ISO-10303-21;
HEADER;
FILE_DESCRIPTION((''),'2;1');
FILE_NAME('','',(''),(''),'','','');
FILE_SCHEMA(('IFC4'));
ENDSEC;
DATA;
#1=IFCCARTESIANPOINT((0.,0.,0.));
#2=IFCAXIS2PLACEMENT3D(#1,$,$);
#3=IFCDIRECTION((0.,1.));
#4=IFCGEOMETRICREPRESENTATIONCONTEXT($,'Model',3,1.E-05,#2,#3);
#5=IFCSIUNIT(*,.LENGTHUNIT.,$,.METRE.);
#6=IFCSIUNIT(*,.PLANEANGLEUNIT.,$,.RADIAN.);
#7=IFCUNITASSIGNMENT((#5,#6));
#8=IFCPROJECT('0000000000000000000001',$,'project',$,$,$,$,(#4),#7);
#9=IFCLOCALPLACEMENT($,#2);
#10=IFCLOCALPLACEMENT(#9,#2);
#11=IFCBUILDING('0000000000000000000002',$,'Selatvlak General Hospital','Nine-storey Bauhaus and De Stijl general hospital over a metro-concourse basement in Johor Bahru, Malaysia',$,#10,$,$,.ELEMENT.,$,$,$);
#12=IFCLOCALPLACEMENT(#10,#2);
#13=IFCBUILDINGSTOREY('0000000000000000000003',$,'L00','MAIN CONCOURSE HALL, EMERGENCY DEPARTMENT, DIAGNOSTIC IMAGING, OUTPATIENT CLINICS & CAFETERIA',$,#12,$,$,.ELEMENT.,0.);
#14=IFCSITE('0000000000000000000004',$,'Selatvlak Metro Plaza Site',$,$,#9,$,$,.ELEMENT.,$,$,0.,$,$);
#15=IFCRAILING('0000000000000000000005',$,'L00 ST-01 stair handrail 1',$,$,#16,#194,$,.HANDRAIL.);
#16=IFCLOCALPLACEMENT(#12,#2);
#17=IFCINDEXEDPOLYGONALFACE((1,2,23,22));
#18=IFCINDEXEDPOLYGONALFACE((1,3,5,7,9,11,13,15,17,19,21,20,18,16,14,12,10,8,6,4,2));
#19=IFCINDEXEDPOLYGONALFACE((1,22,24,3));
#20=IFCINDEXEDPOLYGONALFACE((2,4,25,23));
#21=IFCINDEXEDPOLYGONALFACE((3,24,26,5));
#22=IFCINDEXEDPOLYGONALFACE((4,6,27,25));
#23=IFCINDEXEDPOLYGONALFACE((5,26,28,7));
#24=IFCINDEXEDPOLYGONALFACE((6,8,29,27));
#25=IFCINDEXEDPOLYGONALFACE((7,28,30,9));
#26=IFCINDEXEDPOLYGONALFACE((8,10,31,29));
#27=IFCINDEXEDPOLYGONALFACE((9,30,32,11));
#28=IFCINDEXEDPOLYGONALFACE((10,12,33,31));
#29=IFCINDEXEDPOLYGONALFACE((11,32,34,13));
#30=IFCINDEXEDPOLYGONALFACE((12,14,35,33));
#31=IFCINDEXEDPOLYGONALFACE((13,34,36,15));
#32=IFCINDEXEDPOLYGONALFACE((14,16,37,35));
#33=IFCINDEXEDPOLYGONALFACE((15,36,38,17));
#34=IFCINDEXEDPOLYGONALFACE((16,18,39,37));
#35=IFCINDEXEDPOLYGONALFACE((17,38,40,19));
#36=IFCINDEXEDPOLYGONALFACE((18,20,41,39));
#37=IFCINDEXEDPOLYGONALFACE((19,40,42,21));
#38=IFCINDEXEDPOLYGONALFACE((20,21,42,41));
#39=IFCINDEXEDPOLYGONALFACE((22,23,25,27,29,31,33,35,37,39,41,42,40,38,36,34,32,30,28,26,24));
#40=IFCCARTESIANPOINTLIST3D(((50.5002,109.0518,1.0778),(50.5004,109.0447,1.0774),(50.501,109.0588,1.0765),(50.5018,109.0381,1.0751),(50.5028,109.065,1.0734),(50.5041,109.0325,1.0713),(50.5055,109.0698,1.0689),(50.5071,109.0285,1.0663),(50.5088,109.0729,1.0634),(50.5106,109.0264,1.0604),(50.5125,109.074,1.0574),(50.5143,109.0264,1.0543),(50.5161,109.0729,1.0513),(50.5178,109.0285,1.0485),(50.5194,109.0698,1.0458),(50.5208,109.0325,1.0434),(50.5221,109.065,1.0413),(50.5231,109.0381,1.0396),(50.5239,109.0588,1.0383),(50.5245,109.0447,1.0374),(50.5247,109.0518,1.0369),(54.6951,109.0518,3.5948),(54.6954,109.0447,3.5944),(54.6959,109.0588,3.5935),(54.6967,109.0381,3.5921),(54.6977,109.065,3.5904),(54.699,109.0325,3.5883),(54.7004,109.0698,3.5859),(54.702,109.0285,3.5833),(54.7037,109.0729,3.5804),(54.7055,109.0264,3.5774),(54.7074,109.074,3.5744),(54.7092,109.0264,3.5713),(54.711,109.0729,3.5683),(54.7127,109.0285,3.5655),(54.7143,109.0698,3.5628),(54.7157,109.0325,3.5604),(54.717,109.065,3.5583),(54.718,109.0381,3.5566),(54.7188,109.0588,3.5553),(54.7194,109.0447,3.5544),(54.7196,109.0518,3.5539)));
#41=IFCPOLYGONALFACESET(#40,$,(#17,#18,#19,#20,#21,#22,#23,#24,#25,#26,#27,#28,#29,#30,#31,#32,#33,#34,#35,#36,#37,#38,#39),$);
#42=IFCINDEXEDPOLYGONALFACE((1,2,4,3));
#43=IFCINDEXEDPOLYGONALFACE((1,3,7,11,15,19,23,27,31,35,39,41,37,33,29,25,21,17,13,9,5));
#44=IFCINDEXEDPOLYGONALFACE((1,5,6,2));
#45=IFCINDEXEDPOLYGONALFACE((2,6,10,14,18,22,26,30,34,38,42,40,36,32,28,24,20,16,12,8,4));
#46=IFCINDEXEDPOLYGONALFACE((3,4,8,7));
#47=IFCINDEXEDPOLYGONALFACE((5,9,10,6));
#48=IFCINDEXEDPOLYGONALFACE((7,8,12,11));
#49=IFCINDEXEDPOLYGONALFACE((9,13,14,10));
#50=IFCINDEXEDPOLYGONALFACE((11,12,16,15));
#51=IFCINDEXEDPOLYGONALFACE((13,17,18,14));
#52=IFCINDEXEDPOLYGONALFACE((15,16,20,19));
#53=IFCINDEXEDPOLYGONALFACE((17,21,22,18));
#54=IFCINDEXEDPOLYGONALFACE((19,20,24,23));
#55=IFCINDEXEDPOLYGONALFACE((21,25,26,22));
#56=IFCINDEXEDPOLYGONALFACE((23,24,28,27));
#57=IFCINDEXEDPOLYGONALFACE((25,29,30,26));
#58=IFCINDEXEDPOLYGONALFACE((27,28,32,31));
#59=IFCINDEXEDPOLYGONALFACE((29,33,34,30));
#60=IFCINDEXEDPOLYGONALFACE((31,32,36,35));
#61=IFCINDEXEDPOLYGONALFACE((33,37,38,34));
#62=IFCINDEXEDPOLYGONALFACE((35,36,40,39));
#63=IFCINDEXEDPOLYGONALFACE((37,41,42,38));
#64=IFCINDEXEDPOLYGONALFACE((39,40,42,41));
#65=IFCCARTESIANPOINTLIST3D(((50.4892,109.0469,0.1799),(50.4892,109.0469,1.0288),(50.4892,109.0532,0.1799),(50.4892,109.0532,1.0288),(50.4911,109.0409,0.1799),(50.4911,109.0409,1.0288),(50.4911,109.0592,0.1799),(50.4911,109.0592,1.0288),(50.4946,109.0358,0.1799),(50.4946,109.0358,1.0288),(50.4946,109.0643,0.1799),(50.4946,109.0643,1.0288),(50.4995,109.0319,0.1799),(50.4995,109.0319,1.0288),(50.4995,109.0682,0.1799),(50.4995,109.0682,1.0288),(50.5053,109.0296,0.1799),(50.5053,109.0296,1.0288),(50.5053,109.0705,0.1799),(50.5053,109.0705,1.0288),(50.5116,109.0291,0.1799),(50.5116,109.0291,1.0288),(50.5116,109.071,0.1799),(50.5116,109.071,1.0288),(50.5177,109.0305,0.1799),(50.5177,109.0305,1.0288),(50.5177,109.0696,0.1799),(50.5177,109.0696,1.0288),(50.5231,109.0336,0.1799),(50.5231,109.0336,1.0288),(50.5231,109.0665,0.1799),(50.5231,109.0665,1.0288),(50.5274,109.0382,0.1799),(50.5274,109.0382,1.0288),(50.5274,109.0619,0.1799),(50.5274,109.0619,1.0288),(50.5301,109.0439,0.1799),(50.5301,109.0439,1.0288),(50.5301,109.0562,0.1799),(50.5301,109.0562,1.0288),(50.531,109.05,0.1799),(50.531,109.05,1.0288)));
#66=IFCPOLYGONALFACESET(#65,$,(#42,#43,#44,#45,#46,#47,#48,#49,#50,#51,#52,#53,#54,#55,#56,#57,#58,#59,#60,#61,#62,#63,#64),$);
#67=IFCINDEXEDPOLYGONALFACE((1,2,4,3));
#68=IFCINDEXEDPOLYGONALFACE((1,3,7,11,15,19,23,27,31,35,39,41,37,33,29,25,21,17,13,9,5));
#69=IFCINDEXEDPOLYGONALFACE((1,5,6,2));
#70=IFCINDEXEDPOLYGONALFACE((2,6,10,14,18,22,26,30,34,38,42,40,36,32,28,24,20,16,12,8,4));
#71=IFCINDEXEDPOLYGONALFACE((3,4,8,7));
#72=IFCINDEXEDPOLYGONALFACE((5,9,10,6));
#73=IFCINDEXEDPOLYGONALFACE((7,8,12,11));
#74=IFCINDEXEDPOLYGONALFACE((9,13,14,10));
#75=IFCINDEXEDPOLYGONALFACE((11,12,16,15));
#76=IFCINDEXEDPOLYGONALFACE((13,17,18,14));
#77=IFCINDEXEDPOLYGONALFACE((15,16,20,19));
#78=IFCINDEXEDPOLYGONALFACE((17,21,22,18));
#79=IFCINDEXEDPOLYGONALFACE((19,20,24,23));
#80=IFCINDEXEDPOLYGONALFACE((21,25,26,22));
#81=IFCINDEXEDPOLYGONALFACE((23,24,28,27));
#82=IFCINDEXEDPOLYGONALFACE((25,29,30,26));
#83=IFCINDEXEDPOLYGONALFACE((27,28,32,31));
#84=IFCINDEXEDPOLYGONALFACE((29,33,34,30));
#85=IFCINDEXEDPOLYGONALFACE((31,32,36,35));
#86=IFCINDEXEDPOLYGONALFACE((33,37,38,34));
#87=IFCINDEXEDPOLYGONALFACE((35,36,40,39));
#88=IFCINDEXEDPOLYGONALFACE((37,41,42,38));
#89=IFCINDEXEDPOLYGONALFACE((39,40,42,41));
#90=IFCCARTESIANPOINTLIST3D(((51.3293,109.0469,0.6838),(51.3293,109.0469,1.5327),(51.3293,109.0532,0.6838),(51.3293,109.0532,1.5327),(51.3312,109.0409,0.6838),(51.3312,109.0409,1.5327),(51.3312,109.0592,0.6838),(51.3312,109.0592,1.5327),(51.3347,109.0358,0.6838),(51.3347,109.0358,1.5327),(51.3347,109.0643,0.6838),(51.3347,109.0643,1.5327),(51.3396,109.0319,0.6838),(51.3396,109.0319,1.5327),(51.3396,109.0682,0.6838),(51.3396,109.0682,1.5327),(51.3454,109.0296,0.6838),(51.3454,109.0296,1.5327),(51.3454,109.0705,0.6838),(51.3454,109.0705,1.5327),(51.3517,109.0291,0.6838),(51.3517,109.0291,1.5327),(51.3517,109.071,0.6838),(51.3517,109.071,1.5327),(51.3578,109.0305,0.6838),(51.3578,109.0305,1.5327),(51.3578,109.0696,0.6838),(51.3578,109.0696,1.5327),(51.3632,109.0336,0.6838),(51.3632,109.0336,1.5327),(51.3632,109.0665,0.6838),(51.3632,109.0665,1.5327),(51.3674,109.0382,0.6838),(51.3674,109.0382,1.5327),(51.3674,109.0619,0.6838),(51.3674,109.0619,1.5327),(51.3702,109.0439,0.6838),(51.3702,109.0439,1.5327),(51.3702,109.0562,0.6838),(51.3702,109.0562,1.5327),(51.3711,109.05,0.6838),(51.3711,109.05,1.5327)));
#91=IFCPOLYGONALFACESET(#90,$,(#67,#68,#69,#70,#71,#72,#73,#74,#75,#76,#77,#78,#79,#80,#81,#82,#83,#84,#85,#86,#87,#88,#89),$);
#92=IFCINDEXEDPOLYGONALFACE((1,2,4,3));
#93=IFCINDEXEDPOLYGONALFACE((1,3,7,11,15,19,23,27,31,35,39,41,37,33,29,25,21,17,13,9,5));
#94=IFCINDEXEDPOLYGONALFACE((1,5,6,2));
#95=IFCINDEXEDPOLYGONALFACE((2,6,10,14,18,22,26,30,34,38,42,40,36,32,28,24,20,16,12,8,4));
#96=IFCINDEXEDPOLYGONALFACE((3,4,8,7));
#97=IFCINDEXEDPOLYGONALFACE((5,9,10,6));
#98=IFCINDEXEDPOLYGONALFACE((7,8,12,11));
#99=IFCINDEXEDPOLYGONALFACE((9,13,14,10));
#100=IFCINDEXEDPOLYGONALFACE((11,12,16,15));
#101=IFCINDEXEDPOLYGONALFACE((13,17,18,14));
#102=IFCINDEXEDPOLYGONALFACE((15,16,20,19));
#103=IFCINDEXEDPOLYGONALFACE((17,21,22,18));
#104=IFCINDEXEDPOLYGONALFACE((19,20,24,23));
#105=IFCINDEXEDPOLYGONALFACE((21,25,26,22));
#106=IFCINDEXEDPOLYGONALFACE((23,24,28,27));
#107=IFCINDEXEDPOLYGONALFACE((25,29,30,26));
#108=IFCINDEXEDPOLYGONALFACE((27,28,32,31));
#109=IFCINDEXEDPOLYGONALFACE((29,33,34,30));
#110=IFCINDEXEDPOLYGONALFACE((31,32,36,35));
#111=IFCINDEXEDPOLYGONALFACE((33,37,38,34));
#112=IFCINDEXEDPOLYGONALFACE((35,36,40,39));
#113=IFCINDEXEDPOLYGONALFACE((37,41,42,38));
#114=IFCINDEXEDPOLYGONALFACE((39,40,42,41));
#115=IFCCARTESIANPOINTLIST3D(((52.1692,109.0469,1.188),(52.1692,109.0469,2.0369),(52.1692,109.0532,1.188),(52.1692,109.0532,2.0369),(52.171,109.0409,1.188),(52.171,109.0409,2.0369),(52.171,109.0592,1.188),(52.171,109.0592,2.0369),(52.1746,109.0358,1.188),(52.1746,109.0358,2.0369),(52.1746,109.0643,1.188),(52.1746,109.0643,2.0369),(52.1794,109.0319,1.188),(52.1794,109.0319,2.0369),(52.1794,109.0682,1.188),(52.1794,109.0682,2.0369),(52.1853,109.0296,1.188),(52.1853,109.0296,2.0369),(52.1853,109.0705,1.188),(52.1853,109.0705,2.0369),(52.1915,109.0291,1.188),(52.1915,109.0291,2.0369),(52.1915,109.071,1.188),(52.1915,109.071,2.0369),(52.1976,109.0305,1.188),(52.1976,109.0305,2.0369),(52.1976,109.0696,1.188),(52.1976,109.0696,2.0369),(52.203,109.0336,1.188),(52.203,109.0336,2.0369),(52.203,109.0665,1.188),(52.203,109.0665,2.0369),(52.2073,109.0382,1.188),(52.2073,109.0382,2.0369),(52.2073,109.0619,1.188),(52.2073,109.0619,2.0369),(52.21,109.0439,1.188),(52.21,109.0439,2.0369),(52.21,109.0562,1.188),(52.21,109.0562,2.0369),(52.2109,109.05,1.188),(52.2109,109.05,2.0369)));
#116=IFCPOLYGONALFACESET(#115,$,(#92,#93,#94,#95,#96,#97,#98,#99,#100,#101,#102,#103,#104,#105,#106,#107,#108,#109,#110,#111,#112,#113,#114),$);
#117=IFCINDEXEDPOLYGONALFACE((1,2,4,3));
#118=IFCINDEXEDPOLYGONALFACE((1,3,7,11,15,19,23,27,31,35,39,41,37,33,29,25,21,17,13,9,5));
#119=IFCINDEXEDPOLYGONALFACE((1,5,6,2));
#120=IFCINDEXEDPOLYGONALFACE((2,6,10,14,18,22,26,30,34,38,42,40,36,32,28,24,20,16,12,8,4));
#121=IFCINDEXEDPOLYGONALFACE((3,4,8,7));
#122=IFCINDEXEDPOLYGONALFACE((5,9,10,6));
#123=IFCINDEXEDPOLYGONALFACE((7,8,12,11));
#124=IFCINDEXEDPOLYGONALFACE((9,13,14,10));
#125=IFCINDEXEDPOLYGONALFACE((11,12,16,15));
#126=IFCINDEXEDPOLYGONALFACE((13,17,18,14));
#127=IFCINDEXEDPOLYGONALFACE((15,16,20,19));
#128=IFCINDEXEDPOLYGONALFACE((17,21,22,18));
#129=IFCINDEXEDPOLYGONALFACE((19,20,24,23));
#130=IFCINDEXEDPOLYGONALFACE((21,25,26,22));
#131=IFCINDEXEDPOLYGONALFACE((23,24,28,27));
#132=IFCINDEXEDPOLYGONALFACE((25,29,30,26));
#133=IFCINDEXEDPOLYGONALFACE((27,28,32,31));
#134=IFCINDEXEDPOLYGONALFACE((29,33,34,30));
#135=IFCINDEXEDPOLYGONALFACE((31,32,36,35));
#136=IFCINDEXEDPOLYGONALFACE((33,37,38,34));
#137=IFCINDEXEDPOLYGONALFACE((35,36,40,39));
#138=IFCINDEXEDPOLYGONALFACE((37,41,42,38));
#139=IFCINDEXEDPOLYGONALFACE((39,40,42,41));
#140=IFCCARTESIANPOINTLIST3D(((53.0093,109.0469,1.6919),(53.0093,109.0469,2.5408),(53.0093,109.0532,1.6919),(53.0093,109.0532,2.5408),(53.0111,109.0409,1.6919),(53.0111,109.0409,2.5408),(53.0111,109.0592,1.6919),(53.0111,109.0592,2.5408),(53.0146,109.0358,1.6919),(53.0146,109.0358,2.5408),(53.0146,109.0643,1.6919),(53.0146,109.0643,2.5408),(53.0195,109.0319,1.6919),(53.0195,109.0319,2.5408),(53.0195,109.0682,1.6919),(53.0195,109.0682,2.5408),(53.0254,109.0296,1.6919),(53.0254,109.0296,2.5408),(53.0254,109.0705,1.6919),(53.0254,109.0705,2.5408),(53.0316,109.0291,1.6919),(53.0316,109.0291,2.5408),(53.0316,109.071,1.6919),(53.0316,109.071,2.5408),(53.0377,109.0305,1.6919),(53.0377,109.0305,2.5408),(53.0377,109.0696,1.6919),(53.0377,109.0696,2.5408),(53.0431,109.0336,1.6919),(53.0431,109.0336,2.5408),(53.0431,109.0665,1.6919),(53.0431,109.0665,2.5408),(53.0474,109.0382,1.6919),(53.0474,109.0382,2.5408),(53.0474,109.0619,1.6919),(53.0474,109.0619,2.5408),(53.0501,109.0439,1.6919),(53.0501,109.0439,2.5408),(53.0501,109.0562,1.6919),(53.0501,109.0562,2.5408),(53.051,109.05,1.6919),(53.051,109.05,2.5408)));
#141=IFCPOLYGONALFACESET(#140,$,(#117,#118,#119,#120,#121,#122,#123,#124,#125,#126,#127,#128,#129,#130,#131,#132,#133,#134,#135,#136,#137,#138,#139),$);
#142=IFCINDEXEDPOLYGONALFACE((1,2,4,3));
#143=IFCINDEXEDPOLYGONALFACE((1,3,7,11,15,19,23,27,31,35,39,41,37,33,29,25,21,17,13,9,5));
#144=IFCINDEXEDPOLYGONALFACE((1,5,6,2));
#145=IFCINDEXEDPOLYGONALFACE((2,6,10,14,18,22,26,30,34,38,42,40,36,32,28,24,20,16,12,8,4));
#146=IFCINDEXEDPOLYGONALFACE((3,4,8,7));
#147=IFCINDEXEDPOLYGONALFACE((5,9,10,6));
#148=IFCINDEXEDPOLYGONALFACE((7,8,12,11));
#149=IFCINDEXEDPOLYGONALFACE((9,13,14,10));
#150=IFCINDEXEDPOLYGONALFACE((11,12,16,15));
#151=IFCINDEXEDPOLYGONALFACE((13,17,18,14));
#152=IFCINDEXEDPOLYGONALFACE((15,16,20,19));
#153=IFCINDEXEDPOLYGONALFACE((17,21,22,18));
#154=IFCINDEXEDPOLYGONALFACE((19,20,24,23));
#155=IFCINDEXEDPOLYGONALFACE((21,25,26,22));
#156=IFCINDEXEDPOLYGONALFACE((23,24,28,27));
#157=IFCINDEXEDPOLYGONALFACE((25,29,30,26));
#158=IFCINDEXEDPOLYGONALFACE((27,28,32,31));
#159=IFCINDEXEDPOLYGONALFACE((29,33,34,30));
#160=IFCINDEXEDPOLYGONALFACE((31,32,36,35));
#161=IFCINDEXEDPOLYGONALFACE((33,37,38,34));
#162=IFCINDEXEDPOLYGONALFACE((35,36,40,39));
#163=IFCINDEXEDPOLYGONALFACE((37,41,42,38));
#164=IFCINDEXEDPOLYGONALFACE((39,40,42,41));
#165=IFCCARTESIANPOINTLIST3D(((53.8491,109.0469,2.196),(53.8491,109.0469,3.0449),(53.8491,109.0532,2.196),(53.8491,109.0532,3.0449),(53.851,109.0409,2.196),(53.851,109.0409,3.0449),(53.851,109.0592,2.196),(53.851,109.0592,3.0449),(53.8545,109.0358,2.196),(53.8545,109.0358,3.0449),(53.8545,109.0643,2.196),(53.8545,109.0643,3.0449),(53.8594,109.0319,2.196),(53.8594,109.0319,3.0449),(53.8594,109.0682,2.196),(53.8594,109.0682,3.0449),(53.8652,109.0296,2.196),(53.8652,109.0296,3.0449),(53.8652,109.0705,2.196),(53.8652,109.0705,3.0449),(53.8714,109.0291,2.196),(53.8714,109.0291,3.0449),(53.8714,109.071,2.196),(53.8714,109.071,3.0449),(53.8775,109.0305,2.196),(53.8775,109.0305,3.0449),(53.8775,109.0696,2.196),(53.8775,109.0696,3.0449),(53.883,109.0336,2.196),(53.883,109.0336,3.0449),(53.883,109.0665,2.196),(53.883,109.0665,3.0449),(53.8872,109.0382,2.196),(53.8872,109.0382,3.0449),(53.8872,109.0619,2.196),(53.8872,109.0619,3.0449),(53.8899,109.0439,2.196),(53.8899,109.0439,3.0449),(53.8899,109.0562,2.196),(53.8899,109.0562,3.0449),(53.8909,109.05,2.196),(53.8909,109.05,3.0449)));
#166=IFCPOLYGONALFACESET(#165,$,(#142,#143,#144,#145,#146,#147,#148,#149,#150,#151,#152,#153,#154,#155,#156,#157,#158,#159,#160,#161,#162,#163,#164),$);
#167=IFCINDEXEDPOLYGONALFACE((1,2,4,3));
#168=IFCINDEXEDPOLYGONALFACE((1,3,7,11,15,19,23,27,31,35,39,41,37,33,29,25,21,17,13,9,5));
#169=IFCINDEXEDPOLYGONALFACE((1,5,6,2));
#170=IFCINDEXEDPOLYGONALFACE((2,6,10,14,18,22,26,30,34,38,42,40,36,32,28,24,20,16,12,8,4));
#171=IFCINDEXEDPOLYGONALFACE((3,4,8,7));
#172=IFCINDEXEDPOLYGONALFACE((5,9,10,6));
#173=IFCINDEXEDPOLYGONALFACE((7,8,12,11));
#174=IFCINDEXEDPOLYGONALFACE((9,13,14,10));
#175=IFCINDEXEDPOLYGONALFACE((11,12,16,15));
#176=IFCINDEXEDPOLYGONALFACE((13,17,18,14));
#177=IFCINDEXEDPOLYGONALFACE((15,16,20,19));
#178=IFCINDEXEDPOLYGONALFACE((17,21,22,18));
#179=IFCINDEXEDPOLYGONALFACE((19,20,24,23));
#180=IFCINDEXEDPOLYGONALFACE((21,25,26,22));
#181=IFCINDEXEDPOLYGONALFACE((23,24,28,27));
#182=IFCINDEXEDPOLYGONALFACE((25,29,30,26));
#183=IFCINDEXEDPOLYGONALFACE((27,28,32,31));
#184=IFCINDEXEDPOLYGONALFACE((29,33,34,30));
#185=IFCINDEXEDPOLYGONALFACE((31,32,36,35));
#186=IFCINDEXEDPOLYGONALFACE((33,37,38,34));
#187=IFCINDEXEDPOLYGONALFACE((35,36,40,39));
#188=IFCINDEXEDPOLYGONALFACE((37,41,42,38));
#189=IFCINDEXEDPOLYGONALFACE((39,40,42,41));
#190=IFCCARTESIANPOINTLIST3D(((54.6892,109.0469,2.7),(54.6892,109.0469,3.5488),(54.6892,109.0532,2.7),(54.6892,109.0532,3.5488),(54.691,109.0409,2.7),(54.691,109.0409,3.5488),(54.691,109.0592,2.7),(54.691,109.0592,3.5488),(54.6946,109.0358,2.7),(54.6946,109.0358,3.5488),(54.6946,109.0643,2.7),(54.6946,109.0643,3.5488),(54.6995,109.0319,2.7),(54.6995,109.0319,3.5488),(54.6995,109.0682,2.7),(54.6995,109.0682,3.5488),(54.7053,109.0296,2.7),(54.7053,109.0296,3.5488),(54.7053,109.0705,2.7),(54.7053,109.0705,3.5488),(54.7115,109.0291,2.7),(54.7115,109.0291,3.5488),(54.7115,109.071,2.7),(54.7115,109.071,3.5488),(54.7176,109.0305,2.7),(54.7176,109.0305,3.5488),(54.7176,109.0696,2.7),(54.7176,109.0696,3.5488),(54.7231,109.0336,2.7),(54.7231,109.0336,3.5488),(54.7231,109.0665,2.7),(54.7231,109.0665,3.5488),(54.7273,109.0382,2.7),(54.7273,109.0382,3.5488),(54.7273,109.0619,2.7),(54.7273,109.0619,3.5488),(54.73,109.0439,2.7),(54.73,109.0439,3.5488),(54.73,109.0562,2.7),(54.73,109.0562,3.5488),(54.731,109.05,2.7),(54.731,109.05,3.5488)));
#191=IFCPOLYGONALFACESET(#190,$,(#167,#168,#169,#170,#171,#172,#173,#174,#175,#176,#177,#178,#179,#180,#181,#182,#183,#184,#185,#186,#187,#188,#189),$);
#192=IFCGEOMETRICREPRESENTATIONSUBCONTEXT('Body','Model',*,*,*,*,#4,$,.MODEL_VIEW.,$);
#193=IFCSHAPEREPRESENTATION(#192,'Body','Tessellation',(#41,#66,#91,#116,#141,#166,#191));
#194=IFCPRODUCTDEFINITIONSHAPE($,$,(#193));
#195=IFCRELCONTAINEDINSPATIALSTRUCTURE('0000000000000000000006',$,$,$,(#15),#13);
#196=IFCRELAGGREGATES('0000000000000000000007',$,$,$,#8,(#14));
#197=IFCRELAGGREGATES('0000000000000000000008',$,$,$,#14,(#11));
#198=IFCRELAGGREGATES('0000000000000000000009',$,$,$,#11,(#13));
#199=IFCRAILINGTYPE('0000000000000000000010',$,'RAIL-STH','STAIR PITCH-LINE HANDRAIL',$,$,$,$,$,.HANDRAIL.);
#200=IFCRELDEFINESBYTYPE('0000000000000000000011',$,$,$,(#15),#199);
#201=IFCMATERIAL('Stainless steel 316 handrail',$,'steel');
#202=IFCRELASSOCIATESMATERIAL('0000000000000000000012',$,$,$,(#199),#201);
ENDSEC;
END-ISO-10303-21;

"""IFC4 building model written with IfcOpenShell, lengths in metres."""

from ifc_helpers import new_model, si_unit, direction, frame, origin, origin_2d, place, context, subcontext, project, spatial, circle, extrude, material, type_object, element, save


model = new_model("IFC4")

# Units and contexts
model_context = context("Model", 3, precision=1e-05, world=origin(), true_north=direction((0.0, 1.0)))
body_context = subcontext(model_context, "Body", "Model", "MODEL_VIEW")
ifc_project = project(units=[si_unit("LENGTHUNIT", "METRE"), si_unit("PLANEANGLEUNIT", "RADIAN")], contexts=[model_context])

# Site, building, storey
site_placement = place(None, origin())
site = spatial("IfcSite", under=ifc_project, at=site_placement, Name="Selatvlak Metro Plaza Site", CompositionType="ELEMENT", RefElevation=0.0)
building_placement = place(site_placement, origin())
building = spatial("IfcBuilding", under=site, at=building_placement, Name="Selatvlak General Hospital", Description="Nine-storey Bauhaus and De Stijl general hospital over a metro-concourse basement in Johor Bahru, Malaysia", CompositionType="ELEMENT")
storey_placement = place(building_placement, origin())
storey = spatial("IfcBuildingStorey", under=building, at=storey_placement, Name="L00", Description="MAIN CONCOURSE HALL, EMERGENCY DEPARTMENT, DIAGNOSTIC IMAGING, OUTPATIENT CLINICS & CAFETERIA", CompositionType="ELEMENT", Elevation=0.0)

# Railing
ifc_material_1 = material(Name="Stainless steel 316 handrail", Category="steel")
railing_type_1 = type_object("IfcRailingType", Name="RAIL-STH", Description="STAIR PITCH-LINE HANDRAIL", PredefinedType="HANDRAIL", material=ifc_material_1)
railing_1_placement = place(storey_placement, frame((50.51, 109.05, 0.1799)))
element("IfcRailing", 1, at=railing_1_placement, inside=storey, type_object=railing_type_1, Name="L00 ST-01 stair handrail 1", PredefinedType="HANDRAIL", context=body_context, shape_type="SweptSolid", body=[
    extrude(circle(Radius=0.0239, at=origin_2d()), frame((0.0024, 0.0, 0.8774), z_axis=(0.857489, 0.0, 0.514503), x_axis=(0.0, 1.0, 0.0)), (0.0, 0.0, 1.0), 4.8921),
    extrude(circle(Radius=0.021, at=origin_2d()), origin(), (0.0, 0.0, 1.0), 0.8489),
    extrude(circle(Radius=0.021, at=origin_2d()), frame((0.8401, 0.0, 0.5039)), (0.0, 0.0, 1.0), 0.8489),
    extrude(circle(Radius=0.021, at=origin_2d()), frame((1.6799, 0.0, 1.0081)), (0.0, 0.0, 1.0), 0.8489),
    extrude(circle(Radius=0.021, at=origin_2d()), frame((2.52, 0.0, 1.512)), (0.0, 0.0, 1.0), 0.8489),
    extrude(circle(Radius=0.021, at=origin_2d()), frame((3.3599, 0.0, 2.0161)), (0.0, 0.0, 1.0), 0.8489),
    extrude(circle(Radius=0.021, at=origin_2d()), frame((4.2, 0.0, 2.52)), (0.0, 0.0, 1.0), 0.8489),
])

save(model, "model.ifc")
